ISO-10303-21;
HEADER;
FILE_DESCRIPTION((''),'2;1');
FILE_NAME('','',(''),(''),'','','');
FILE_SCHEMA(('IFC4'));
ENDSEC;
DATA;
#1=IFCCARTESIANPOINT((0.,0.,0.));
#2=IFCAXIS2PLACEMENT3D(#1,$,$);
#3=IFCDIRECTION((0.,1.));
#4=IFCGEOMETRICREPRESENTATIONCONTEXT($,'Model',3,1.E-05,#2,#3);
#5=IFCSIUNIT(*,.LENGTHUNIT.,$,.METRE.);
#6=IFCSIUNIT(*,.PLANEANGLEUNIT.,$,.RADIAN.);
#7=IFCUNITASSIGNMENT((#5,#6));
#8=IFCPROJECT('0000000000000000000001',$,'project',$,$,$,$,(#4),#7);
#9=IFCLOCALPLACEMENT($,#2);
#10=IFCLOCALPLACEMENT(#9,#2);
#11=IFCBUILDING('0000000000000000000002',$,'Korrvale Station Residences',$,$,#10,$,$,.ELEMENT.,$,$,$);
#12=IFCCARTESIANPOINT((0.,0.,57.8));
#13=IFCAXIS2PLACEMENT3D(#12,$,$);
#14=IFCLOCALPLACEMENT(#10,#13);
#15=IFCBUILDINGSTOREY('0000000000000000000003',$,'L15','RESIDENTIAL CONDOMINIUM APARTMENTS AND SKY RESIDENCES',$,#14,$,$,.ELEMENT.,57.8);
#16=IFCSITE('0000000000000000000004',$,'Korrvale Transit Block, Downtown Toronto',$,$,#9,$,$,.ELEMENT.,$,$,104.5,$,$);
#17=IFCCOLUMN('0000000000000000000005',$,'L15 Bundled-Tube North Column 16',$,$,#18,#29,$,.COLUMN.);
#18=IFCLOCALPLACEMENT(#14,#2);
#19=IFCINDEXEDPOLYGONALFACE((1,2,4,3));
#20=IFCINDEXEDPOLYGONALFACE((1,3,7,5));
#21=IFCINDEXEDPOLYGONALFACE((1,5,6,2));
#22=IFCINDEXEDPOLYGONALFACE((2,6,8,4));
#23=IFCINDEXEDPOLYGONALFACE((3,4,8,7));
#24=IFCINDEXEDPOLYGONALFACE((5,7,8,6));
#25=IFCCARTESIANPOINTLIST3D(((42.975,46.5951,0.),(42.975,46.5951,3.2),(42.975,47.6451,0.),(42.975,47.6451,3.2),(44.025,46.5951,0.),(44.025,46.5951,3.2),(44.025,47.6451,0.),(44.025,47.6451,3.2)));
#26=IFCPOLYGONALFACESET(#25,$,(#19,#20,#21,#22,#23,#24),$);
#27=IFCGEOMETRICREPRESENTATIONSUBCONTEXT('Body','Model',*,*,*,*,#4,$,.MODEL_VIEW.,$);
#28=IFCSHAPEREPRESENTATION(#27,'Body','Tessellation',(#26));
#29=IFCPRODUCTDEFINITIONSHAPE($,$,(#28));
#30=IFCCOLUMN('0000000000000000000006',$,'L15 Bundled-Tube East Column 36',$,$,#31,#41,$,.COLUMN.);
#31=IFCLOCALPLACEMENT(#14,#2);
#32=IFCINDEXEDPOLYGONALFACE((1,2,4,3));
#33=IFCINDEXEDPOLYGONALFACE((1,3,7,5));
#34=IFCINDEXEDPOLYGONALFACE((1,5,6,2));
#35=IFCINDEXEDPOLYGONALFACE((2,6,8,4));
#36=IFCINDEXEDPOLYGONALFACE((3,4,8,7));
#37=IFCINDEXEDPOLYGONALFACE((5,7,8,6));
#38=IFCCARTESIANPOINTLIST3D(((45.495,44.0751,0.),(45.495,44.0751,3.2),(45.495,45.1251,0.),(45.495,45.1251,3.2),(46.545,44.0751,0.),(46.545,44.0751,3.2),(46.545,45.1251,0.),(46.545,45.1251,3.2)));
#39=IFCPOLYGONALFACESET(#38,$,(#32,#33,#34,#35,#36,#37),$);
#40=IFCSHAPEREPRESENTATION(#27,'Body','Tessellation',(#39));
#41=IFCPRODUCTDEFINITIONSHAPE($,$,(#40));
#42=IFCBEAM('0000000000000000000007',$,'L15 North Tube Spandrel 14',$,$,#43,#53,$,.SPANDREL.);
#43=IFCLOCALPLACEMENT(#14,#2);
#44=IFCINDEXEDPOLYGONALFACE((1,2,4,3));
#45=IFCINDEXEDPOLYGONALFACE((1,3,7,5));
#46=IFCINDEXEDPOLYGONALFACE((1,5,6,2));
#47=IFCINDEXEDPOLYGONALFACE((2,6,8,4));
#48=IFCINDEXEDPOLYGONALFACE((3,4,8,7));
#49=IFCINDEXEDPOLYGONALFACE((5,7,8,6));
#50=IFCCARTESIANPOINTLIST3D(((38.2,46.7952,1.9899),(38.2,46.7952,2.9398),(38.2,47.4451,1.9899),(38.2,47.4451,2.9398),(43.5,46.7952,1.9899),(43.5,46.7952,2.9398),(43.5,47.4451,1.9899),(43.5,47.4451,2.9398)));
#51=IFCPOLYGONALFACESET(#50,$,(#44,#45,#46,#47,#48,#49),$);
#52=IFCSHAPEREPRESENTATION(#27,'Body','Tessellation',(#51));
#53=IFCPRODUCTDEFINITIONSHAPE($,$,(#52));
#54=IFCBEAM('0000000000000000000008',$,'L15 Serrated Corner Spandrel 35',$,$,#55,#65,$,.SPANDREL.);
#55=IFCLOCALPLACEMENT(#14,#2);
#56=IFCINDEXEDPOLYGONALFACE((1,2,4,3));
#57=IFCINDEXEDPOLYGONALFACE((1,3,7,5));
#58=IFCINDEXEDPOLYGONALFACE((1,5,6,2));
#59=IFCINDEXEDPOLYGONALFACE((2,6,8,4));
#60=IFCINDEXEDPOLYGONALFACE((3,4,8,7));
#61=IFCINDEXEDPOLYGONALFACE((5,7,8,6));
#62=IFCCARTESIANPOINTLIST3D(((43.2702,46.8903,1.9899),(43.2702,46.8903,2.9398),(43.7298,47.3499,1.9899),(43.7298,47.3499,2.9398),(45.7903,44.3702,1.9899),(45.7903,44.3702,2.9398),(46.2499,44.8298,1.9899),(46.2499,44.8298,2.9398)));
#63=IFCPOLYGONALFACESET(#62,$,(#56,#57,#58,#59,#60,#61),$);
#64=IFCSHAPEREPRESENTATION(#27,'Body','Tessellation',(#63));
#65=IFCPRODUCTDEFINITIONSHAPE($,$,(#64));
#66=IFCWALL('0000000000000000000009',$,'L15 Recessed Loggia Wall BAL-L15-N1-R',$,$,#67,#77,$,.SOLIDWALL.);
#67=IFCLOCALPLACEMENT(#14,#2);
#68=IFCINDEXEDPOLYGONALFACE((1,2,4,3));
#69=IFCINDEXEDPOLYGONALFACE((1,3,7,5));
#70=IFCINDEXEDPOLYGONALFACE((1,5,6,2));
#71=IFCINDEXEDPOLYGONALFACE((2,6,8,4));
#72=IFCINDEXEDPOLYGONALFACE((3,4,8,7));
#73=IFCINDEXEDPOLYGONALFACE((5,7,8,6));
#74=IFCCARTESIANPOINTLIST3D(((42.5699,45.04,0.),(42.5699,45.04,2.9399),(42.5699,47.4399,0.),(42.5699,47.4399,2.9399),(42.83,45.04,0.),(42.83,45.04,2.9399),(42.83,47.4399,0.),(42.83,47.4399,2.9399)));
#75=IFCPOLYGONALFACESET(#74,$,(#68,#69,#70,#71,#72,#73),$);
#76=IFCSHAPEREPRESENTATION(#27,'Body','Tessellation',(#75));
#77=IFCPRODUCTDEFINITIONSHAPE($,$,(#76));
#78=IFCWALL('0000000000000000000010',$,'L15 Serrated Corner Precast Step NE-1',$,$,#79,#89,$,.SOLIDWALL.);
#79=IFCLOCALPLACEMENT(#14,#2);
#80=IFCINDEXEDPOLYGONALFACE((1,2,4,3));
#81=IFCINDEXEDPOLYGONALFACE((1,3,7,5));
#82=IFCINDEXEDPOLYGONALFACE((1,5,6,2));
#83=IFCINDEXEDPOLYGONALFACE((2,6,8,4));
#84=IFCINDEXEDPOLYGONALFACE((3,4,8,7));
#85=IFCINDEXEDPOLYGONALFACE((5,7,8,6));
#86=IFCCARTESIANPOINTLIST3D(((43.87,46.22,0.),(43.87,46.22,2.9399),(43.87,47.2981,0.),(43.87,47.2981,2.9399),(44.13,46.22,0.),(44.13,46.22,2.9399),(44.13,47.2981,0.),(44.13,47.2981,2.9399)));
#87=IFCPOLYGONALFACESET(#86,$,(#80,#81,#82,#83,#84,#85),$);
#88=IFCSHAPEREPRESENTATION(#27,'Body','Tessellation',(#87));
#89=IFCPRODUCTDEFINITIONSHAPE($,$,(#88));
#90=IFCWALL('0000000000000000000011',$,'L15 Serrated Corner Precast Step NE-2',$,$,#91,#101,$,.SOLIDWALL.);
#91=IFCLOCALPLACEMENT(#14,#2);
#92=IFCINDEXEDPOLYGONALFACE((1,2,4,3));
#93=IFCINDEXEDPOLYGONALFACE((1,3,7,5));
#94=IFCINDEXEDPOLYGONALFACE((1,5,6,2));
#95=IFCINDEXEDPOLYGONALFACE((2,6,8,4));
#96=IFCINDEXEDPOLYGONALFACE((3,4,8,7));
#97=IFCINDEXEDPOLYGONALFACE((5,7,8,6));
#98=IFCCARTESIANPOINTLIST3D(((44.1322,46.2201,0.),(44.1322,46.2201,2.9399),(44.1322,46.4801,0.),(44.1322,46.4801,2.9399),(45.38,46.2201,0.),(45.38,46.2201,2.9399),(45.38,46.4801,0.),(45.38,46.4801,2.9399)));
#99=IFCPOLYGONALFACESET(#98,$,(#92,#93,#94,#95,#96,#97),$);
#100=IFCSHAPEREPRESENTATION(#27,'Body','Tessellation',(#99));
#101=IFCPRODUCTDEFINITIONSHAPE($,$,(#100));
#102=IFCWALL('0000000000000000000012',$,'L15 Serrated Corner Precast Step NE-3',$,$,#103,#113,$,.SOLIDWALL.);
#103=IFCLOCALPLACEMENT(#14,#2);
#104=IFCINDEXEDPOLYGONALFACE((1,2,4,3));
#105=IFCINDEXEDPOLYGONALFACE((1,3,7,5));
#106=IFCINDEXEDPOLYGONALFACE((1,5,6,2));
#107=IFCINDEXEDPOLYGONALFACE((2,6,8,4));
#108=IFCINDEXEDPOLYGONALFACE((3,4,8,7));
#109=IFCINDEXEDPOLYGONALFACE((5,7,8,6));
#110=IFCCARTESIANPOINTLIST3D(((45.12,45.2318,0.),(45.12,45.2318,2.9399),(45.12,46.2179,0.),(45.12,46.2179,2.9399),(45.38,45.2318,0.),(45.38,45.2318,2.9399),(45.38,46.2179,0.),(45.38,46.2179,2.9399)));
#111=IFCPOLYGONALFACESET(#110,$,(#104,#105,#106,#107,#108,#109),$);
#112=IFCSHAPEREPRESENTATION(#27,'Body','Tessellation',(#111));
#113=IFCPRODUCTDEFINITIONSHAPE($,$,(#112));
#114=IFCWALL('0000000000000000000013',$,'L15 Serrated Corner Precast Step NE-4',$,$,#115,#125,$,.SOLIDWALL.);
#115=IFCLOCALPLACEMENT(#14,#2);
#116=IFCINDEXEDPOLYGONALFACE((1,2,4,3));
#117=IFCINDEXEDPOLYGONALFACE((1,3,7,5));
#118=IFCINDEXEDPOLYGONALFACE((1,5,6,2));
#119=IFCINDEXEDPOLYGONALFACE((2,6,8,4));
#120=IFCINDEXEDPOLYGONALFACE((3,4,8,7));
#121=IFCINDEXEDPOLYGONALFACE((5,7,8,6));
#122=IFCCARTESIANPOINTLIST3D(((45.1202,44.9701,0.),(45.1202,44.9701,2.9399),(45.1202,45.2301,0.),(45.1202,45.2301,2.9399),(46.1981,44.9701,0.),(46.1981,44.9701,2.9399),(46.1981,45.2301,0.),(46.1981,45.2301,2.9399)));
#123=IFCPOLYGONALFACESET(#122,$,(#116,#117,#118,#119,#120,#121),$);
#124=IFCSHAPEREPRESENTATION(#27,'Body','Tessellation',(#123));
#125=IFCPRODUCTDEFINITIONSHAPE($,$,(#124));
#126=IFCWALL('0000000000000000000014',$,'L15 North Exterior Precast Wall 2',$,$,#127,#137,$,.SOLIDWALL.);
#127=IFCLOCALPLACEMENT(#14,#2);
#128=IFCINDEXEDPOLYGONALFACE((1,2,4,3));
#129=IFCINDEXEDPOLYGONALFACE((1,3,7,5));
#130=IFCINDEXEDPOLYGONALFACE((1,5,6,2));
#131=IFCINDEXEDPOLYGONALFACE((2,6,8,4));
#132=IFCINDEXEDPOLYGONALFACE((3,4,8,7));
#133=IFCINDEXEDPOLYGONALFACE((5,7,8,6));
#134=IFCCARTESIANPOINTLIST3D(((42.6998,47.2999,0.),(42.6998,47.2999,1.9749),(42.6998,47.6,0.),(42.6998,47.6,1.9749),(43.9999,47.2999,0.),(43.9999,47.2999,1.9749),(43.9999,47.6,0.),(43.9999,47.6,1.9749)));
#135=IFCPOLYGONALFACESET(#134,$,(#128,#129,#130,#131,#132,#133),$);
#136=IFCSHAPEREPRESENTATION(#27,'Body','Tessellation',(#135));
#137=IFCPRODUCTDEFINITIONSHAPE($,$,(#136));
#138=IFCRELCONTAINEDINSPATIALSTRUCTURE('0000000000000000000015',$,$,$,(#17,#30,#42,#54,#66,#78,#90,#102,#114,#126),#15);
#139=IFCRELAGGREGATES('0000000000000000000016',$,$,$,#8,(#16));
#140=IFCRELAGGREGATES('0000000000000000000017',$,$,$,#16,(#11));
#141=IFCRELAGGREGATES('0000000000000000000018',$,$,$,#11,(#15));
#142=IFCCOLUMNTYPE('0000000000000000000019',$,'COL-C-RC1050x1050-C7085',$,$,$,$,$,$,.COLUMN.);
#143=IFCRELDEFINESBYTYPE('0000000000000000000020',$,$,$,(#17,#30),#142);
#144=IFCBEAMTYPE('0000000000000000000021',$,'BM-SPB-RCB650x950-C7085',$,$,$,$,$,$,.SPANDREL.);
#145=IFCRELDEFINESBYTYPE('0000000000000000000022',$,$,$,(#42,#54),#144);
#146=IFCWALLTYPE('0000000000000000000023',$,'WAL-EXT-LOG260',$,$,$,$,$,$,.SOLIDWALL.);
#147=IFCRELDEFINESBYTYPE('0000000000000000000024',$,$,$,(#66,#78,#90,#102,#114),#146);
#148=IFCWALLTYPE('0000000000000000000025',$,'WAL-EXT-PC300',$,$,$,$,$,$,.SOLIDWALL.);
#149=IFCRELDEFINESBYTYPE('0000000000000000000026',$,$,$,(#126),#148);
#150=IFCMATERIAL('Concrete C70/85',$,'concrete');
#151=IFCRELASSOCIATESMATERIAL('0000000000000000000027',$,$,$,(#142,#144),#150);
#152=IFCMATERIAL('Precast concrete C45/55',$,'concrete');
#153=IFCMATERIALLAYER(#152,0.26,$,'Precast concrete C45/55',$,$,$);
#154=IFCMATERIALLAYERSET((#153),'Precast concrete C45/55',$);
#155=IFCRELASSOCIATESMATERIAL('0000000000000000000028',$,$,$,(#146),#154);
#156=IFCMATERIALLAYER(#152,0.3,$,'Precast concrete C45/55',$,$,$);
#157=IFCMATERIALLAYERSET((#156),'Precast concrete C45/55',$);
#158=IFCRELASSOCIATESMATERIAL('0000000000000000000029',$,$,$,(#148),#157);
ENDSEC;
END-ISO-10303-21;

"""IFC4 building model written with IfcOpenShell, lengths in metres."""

from ifc_helpers import new_model, si_unit, direction, frame, frame_2d, origin, origin_2d, place, context, subcontext, project, spatial, rectangle, extrude, material, layer, layer_set, material_profile, profile_set, type_object, element, save


model = new_model("IFC4")

# Units and contexts
model_context = context("Model", 3, precision=1e-05, world=origin(), true_north=direction((0.0, 1.0)))
body_context = subcontext(model_context, "Body", "Model", "MODEL_VIEW")
ifc_project = project(units=[si_unit("LENGTHUNIT", "METRE"), si_unit("PLANEANGLEUNIT", "RADIAN")], contexts=[model_context])

# Site, building, storey
site_placement = place(None, origin())
site = spatial("IfcSite", under=ifc_project, at=site_placement, Name="Korrvale Transit Block, Downtown Toronto", CompositionType="ELEMENT", RefElevation=104.5)
building_placement = place(site_placement, origin())
building = spatial("IfcBuilding", under=site, at=building_placement, Name="Korrvale Station Residences", CompositionType="ELEMENT")
storey_placement = place(building_placement, frame((0.0, 0.0, 57.8)))
storey = spatial("IfcBuildingStorey", under=building, at=storey_placement, Name="L15", Description="RESIDENTIAL CONDOMINIUM APARTMENTS AND SKY RESIDENCES", CompositionType="ELEMENT", Elevation=57.8)

# Columns
ifc_material_1 = material(Name="Concrete C70/85", Category="concrete")
ifc_material_profile_1 = material_profile(ifc_material_1, rectangle(XDim=1.05, YDim=1.05, at=origin_2d()), Name="RC1050x1050")
ifc_profile_set_1 = profile_set([ifc_material_profile_1], Name="Concrete C70/85")
column_type = type_object("IfcColumnType", Name="COL-C-RC1050x1050-C7085", PredefinedType="COLUMN", material=ifc_profile_set_1)
for number, where, z_axis, x_axis, name in (
    (1, (43.5, 47.1201, 0.0), (0.0, 0.0, 1.0), (1.0, 0.0, 0.0), "L15 Bundled-Tube North Column 16"),
    (2, (46.02, 44.6001, 0.0), (0.0, 0.0, 1.0), (1.0, 0.0, 0.0), "L15 Bundled-Tube East Column 36"),
):
    element("IfcColumn", number, at=place(storey_placement, frame(where, z_axis=z_axis, x_axis=x_axis)), inside=storey, type_object=column_type, Name=name, PredefinedType="COLUMN", context=body_context, shape_type="SweptSolid", body=[
        extrude(rectangle(XDim=1.05, YDim=1.05, at=origin_2d()), origin(), (0.0, 0.0, 1.0), 3.2),
    ])

# Beams
ifc_material_profile_2 = material_profile(ifc_material_1, rectangle(XDim=0.6499, YDim=0.95, at=origin_2d()), Name="RCB650x950")
ifc_profile_set_2 = profile_set([ifc_material_profile_2], Name="Concrete C70/85")
beam_type = type_object("IfcBeamType", Name="BM-SPB-RCB650x950-C7085", PredefinedType="SPANDREL", material=ifc_profile_set_2)
beam_1_placement = place(storey_placement, frame((38.2, 47.1201, 2.4648), z_axis=(1.0, 0.0, 0.0), x_axis=(0.0, 1.0, 0.0)))
element("IfcBeam", 3, at=beam_1_placement, inside=storey, type_object=beam_type, Name="L15 North Tube Spandrel 14", PredefinedType="SPANDREL", context=body_context, shape_type="SweptSolid", body=[
    extrude(rectangle(XDim=0.6499, YDim=0.95, at=origin_2d()), origin(), (0.0, 0.0, 1.0), 5.3),
])
beam_2_placement = place(storey_placement, frame((43.5, 47.1201, 2.4648), z_axis=(0.707107, -0.707107, 0.0), x_axis=(0.707107, 0.707107, 0.0)))
element("IfcBeam", 4, at=beam_2_placement, inside=storey, type_object=beam_type, Name="L15 Serrated Corner Spandrel 35", PredefinedType="SPANDREL", context=body_context, shape_type="SweptSolid", body=[
    extrude(rectangle(XDim=0.6499, YDim=0.95, at=origin_2d()), origin(), (0.0, 0.0, 1.0), 3.564),
])

# Walls
ifc_material_2 = material(Name="Precast concrete C45/55", Category="concrete")
ifc_layer_1 = layer(ifc_material_2, 0.26, Name="Precast concrete C45/55")
ifc_layer_set_1 = layer_set([ifc_layer_1], Name="Precast concrete C45/55")
wall_type_1 = type_object("IfcWallType", Name="WAL-EXT-LOG260", PredefinedType="SOLIDWALL", material=ifc_layer_set_1)
wall_1_placement = place(storey_placement, frame((42.7, 45.04, 0.0), z_axis=(0.0, 0.0, 1.0), x_axis=(0.0, 1.0, 0.0)))
element("IfcWall", 5, at=wall_1_placement, inside=storey, type_object=wall_type_1, Name="L15 Recessed Loggia Wall BAL-L15-N1-R", PredefinedType="SOLIDWALL", context=body_context, shape_type="SweptSolid", body=[
    extrude(rectangle(XDim=2.3999, YDim=0.26, at=frame_2d((1.2, 0.0))), origin(), (0.0, 0.0, 1.0), 2.9399),
])
wall_2_placement = place(storey_placement, frame((44.0, 47.2981, 0.0), z_axis=(0.0, 0.0, 1.0), x_axis=(0.0, -1.0, 0.0)))
element("IfcWall", 6, at=wall_2_placement, inside=storey, type_object=wall_type_1, Name="L15 Serrated Corner Precast Step NE-1", PredefinedType="SOLIDWALL", context=body_context, shape_type="SweptSolid", body=[
    extrude(rectangle(XDim=1.0781, YDim=0.26, at=frame_2d((0.5391, 0.0))), origin(), (0.0, 0.0, 1.0), 2.9399),
])
wall_3_placement = place(storey_placement, frame((44.1321, 46.3501, 0.0), z_axis=(0.0, 0.0, 1.0), x_axis=(1.0, 0.0, 0.0)))
element("IfcWall", 7, at=wall_3_placement, inside=storey, type_object=wall_type_1, Name="L15 Serrated Corner Precast Step NE-2", PredefinedType="SOLIDWALL", context=body_context, shape_type="SweptSolid", body=[
    extrude(rectangle(XDim=1.2478, YDim=0.26, at=frame_2d((0.624, 0.0))), origin(), (0.0, 0.0, 1.0), 2.9399),
])
wall_4_placement = place(storey_placement, frame((45.25, 46.218, 0.0), z_axis=(0.0, 0.0, 1.0), x_axis=(0.0, -1.0, 0.0)))
element("IfcWall", 8, at=wall_4_placement, inside=storey, type_object=wall_type_1, Name="L15 Serrated Corner Precast Step NE-3", PredefinedType="SOLIDWALL", context=body_context, shape_type="SweptSolid", body=[
    extrude(rectangle(XDim=0.9861, YDim=0.26, at=frame_2d((0.4932, 0.0))), origin(), (0.0, 0.0, 1.0), 2.9399),
])
wall_5_placement = place(storey_placement, frame((45.1201, 45.1001, 0.0), z_axis=(0.0, 0.0, 1.0), x_axis=(1.0, 0.0, 0.0)))
element("IfcWall", 9, at=wall_5_placement, inside=storey, type_object=wall_type_1, Name="L15 Serrated Corner Precast Step NE-4", PredefinedType="SOLIDWALL", context=body_context, shape_type="SweptSolid", body=[
    extrude(rectangle(XDim=1.0779, YDim=0.26, at=frame_2d((0.5391, 0.0))), origin(), (0.0, 0.0, 1.0), 2.9399),
])
ifc_layer_2 = layer(ifc_material_2, 0.3, Name="Precast concrete C45/55")
ifc_layer_set_2 = layer_set([ifc_layer_2], Name="Precast concrete C45/55")
wall_type_2 = type_object("IfcWallType", Name="WAL-EXT-PC300", PredefinedType="SOLIDWALL", material=ifc_layer_set_2)
wall_6_placement = place(storey_placement, frame((42.7, 47.45, 0.0), z_axis=(0.0, 0.0, 1.0), x_axis=(1.0, 0.0, 0.0)))
element("IfcWall", 10, at=wall_6_placement, inside=storey, type_object=wall_type_2, Name="L15 North Exterior Precast Wall 2", PredefinedType="SOLIDWALL", context=body_context, shape_type="SweptSolid", body=[
    extrude(rectangle(XDim=1.3, YDim=0.3, at=frame_2d((0.6499, 0.0))), origin(), (0.0, 0.0, 1.0), 1.9749),
])

save(model, "model.ifc")
